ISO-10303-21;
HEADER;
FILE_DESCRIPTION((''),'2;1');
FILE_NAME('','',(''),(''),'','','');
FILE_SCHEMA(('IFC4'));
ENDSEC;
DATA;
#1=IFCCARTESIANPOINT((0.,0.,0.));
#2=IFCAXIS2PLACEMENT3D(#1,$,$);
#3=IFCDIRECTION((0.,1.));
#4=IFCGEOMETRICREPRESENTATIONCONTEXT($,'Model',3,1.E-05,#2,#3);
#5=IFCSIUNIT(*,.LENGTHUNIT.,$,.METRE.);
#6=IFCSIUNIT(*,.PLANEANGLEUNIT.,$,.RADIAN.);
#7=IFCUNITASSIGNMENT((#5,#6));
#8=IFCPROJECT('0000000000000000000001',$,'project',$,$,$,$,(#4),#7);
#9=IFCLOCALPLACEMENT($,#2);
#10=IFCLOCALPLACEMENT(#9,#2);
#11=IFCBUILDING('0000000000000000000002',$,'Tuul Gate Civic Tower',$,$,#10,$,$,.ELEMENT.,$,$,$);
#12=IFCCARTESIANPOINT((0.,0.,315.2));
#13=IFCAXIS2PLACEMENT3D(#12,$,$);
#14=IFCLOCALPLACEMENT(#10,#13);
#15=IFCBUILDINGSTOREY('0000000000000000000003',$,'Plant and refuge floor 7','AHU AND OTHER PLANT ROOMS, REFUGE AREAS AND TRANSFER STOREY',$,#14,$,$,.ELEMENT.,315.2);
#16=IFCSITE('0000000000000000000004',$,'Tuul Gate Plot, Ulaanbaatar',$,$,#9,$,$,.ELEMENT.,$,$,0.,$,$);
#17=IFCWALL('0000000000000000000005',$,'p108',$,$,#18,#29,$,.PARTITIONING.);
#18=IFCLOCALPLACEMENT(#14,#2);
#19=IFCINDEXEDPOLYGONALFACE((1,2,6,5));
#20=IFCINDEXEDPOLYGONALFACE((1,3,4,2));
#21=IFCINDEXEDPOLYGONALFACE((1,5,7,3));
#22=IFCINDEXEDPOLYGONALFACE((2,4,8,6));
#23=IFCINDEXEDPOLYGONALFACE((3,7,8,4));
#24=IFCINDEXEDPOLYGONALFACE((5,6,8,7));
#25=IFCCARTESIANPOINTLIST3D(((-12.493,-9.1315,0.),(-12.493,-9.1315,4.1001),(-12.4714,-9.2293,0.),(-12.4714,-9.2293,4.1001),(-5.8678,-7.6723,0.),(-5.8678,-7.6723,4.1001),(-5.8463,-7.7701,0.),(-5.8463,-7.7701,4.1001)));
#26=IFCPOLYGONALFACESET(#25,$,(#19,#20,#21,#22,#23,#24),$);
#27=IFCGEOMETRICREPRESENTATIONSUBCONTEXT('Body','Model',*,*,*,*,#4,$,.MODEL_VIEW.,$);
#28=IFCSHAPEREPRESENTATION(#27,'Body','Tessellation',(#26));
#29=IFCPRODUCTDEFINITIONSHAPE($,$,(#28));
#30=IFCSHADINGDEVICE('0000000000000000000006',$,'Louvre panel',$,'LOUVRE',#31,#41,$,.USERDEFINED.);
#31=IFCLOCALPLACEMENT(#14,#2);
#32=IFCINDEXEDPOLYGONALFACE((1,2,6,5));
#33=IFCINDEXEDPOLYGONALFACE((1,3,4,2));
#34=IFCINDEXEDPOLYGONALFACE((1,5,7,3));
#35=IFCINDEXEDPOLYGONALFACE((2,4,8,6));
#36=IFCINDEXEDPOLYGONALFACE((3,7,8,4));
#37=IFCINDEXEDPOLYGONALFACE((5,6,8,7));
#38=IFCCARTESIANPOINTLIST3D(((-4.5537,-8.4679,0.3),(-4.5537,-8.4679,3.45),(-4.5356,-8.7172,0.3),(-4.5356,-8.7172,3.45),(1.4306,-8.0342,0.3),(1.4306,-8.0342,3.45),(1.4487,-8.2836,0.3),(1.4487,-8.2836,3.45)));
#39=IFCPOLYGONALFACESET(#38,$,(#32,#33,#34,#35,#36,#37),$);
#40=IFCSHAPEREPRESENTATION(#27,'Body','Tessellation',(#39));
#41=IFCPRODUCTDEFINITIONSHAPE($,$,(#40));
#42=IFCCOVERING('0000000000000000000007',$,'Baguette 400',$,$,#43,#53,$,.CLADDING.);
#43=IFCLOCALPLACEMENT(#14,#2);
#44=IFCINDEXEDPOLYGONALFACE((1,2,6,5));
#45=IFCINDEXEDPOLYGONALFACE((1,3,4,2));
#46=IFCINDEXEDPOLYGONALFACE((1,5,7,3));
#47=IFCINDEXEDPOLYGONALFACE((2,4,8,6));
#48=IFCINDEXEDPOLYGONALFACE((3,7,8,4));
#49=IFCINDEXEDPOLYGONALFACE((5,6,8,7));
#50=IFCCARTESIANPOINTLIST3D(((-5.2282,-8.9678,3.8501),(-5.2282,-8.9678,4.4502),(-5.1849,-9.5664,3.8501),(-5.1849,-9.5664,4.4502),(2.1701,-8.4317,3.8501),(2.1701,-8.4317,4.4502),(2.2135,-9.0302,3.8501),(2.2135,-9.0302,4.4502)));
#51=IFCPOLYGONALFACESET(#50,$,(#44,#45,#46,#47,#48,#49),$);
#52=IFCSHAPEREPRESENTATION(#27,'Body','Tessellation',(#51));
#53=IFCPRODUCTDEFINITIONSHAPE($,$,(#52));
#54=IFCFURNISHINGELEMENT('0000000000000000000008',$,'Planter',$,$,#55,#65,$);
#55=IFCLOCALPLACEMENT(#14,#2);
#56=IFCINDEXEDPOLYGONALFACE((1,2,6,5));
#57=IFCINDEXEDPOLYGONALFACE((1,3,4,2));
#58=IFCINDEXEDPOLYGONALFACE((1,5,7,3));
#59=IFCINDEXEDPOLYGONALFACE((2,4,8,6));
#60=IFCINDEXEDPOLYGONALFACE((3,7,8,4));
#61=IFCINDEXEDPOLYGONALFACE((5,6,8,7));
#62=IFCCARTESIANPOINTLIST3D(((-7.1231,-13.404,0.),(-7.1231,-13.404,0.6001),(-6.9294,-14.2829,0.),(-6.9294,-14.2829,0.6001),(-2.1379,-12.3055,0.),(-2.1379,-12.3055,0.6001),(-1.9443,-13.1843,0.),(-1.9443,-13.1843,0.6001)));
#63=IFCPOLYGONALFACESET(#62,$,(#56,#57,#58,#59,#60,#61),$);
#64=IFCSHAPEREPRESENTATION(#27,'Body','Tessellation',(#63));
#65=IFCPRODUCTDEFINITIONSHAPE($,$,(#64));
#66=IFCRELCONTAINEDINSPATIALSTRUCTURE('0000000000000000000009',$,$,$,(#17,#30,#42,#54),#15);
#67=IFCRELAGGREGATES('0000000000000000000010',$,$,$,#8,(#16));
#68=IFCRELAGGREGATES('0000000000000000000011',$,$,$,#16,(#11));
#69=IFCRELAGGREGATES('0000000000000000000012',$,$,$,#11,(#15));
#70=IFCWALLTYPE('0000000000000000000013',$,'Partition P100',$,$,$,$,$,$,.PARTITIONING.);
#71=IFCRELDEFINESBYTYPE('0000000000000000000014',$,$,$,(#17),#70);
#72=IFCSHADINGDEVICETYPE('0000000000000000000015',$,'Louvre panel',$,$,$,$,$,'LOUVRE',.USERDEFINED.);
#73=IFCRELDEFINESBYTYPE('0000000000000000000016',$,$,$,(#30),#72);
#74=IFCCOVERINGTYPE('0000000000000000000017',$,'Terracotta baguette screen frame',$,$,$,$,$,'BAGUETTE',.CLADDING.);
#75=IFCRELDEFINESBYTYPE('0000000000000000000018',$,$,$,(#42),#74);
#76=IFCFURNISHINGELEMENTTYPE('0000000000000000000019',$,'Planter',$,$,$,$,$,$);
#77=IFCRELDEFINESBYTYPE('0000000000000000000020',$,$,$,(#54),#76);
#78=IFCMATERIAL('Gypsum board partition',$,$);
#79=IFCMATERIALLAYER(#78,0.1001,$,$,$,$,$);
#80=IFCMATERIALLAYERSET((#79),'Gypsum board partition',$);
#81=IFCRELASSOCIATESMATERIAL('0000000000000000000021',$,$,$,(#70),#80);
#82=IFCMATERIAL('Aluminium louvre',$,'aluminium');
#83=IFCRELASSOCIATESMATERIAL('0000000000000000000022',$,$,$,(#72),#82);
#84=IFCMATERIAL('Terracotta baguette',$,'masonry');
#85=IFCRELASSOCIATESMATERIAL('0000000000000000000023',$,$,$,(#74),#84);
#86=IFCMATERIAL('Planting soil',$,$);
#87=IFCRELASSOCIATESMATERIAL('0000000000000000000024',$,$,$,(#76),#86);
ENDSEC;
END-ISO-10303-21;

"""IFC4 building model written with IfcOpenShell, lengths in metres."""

from ifc_helpers import new_model, si_unit, direction, frame, frame_2d, origin, origin_2d, place, context, subcontext, project, spatial, rectangle, extrude, material, layer, layer_set, material_profile, profile_set, type_object, element, save


model = new_model("IFC4")

# Units and contexts
model_context = context("Model", 3, precision=1e-05, world=origin(), true_north=direction((0.0, 1.0)))
body_context = subcontext(model_context, "Body", "Model", "MODEL_VIEW")
ifc_project = project(units=[si_unit("LENGTHUNIT", "METRE"), si_unit("PLANEANGLEUNIT", "RADIAN")], contexts=[model_context])

# Site, building, storey
site_placement = place(None, origin())
site = spatial("IfcSite", under=ifc_project, at=site_placement, Name="Tuul Gate Plot, Ulaanbaatar", CompositionType="ELEMENT", RefElevation=0.0)
building_placement = place(site_placement, origin())
building = spatial("IfcBuilding", under=site, at=building_placement, Name="Tuul Gate Civic Tower", CompositionType="ELEMENT")
storey_placement = place(building_placement, frame((0.0, 0.0, 315.2)))
storey = spatial("IfcBuildingStorey", under=building, at=storey_placement, Name="Plant and refuge floor 7", Description="AHU AND OTHER PLANT ROOMS, REFUGE AREAS AND TRANSFER STOREY", CompositionType="ELEMENT", Elevation=315.2)

# Wall
ifc_material_1 = material(Name="Gypsum board partition")
ifc_layer_1 = layer(ifc_material_1, 0.1001)
ifc_layer_set_1 = layer_set([ifc_layer_1], Name="Gypsum board partition")
wall_type_1 = type_object("IfcWallType", Name="Partition P100", PredefinedType="PARTITIONING", material=ifc_layer_set_1)
wall_1_placement = place(storey_placement, frame((-5.8569, -7.7212, 0.0), z_axis=(0.0, 0.0, 1.0), x_axis=(-0.976593, -0.215097, 0.0)))
element("IfcWall", 1, at=wall_1_placement, inside=storey, type_object=wall_type_1, Name="p108", PredefinedType="PARTITIONING", context=body_context, shape_type="SweptSolid", body=[
    extrude(rectangle(XDim=6.7839, YDim=0.1001, at=frame_2d((3.3921, 0.0))), origin(), (0.0, 0.0, 1.0), 4.1001),
])

# Shading device
ifc_material_2 = material(Name="Aluminium louvre", Category="aluminium")
shading_device_type = type_object("IfcShadingDeviceType", Name="Louvre panel", ElementType="LOUVRE", PredefinedType="USERDEFINED", material=ifc_material_2)
shading_device_placement = place(storey_placement, frame((-1.5525, -8.3757, 0.3), z_axis=(0.0, 0.0, 1.0), x_axis=(0.072276, -0.997385, 0.0)))
element("IfcShadingDevice", 2, at=shading_device_placement, inside=storey, type_object=shading_device_type, Name="Louvre panel", ObjectType="LOUVRE", PredefinedType="USERDEFINED", context=body_context, shape_type="SweptSolid", body=[
    extrude(rectangle(XDim=0.25, YDim=6.0, at=origin_2d()), origin(), (0.0, 0.0, 1.0), 3.1499),
])

# Covering
ifc_material_3 = material(Name="Terracotta baguette", Category="masonry")
ifc_material_profile_1 = material_profile(ifc_material_3, rectangle(XDim=0.6001, YDim=0.6001, at=origin_2d()), Name="Terracotta baguette screen frame")
ifc_profile_set_1 = profile_set([ifc_material_profile_1], Name="Terracotta baguette")
covering_type = type_object("IfcCoveringType", Name="Terracotta baguette screen frame", ElementType="BAGUETTE", PredefinedType="CLADDING", material=ifc_profile_set_1)
covering_placement = place(storey_placement, frame((-5.2065, -9.2671, 4.1501), z_axis=(0.997385, 0.072276, 0.0), x_axis=(-0.072276, 0.997385, 0.0)))
element("IfcCovering", 3, at=covering_placement, inside=storey, type_object=covering_type, Name="Baguette 400", PredefinedType="CLADDING", context=body_context, shape_type="SweptSolid", body=[
    extrude(rectangle(XDim=0.6001, YDim=0.6001, at=origin_2d()), origin(), (0.0, 0.0, 1.0), 7.4177),
])

# Furnishing element
ifc_material_4 = material(Name="Planting soil")
furnishing_element_type = type_object("IfcFurnishingElementType", Name="Planter", material=ifc_material_4)
furnishing_placement = place(storey_placement, frame((-4.5337, -13.2942, 0.0), z_axis=(0.0, 0.0, 1.0), x_axis=(0.976571, 0.215195, 0.0)))
element("IfcFurnishingElement", 4, at=furnishing_placement, inside=storey, type_object=furnishing_element_type, Name="Planter", context=body_context, shape_type="SweptSolid", body=[
    extrude(rectangle(XDim=5.1047, YDim=0.8999, at=origin_2d()), origin(), (0.0, 0.0, 1.0), 0.6001),
])

save(model, "model.ifc")
